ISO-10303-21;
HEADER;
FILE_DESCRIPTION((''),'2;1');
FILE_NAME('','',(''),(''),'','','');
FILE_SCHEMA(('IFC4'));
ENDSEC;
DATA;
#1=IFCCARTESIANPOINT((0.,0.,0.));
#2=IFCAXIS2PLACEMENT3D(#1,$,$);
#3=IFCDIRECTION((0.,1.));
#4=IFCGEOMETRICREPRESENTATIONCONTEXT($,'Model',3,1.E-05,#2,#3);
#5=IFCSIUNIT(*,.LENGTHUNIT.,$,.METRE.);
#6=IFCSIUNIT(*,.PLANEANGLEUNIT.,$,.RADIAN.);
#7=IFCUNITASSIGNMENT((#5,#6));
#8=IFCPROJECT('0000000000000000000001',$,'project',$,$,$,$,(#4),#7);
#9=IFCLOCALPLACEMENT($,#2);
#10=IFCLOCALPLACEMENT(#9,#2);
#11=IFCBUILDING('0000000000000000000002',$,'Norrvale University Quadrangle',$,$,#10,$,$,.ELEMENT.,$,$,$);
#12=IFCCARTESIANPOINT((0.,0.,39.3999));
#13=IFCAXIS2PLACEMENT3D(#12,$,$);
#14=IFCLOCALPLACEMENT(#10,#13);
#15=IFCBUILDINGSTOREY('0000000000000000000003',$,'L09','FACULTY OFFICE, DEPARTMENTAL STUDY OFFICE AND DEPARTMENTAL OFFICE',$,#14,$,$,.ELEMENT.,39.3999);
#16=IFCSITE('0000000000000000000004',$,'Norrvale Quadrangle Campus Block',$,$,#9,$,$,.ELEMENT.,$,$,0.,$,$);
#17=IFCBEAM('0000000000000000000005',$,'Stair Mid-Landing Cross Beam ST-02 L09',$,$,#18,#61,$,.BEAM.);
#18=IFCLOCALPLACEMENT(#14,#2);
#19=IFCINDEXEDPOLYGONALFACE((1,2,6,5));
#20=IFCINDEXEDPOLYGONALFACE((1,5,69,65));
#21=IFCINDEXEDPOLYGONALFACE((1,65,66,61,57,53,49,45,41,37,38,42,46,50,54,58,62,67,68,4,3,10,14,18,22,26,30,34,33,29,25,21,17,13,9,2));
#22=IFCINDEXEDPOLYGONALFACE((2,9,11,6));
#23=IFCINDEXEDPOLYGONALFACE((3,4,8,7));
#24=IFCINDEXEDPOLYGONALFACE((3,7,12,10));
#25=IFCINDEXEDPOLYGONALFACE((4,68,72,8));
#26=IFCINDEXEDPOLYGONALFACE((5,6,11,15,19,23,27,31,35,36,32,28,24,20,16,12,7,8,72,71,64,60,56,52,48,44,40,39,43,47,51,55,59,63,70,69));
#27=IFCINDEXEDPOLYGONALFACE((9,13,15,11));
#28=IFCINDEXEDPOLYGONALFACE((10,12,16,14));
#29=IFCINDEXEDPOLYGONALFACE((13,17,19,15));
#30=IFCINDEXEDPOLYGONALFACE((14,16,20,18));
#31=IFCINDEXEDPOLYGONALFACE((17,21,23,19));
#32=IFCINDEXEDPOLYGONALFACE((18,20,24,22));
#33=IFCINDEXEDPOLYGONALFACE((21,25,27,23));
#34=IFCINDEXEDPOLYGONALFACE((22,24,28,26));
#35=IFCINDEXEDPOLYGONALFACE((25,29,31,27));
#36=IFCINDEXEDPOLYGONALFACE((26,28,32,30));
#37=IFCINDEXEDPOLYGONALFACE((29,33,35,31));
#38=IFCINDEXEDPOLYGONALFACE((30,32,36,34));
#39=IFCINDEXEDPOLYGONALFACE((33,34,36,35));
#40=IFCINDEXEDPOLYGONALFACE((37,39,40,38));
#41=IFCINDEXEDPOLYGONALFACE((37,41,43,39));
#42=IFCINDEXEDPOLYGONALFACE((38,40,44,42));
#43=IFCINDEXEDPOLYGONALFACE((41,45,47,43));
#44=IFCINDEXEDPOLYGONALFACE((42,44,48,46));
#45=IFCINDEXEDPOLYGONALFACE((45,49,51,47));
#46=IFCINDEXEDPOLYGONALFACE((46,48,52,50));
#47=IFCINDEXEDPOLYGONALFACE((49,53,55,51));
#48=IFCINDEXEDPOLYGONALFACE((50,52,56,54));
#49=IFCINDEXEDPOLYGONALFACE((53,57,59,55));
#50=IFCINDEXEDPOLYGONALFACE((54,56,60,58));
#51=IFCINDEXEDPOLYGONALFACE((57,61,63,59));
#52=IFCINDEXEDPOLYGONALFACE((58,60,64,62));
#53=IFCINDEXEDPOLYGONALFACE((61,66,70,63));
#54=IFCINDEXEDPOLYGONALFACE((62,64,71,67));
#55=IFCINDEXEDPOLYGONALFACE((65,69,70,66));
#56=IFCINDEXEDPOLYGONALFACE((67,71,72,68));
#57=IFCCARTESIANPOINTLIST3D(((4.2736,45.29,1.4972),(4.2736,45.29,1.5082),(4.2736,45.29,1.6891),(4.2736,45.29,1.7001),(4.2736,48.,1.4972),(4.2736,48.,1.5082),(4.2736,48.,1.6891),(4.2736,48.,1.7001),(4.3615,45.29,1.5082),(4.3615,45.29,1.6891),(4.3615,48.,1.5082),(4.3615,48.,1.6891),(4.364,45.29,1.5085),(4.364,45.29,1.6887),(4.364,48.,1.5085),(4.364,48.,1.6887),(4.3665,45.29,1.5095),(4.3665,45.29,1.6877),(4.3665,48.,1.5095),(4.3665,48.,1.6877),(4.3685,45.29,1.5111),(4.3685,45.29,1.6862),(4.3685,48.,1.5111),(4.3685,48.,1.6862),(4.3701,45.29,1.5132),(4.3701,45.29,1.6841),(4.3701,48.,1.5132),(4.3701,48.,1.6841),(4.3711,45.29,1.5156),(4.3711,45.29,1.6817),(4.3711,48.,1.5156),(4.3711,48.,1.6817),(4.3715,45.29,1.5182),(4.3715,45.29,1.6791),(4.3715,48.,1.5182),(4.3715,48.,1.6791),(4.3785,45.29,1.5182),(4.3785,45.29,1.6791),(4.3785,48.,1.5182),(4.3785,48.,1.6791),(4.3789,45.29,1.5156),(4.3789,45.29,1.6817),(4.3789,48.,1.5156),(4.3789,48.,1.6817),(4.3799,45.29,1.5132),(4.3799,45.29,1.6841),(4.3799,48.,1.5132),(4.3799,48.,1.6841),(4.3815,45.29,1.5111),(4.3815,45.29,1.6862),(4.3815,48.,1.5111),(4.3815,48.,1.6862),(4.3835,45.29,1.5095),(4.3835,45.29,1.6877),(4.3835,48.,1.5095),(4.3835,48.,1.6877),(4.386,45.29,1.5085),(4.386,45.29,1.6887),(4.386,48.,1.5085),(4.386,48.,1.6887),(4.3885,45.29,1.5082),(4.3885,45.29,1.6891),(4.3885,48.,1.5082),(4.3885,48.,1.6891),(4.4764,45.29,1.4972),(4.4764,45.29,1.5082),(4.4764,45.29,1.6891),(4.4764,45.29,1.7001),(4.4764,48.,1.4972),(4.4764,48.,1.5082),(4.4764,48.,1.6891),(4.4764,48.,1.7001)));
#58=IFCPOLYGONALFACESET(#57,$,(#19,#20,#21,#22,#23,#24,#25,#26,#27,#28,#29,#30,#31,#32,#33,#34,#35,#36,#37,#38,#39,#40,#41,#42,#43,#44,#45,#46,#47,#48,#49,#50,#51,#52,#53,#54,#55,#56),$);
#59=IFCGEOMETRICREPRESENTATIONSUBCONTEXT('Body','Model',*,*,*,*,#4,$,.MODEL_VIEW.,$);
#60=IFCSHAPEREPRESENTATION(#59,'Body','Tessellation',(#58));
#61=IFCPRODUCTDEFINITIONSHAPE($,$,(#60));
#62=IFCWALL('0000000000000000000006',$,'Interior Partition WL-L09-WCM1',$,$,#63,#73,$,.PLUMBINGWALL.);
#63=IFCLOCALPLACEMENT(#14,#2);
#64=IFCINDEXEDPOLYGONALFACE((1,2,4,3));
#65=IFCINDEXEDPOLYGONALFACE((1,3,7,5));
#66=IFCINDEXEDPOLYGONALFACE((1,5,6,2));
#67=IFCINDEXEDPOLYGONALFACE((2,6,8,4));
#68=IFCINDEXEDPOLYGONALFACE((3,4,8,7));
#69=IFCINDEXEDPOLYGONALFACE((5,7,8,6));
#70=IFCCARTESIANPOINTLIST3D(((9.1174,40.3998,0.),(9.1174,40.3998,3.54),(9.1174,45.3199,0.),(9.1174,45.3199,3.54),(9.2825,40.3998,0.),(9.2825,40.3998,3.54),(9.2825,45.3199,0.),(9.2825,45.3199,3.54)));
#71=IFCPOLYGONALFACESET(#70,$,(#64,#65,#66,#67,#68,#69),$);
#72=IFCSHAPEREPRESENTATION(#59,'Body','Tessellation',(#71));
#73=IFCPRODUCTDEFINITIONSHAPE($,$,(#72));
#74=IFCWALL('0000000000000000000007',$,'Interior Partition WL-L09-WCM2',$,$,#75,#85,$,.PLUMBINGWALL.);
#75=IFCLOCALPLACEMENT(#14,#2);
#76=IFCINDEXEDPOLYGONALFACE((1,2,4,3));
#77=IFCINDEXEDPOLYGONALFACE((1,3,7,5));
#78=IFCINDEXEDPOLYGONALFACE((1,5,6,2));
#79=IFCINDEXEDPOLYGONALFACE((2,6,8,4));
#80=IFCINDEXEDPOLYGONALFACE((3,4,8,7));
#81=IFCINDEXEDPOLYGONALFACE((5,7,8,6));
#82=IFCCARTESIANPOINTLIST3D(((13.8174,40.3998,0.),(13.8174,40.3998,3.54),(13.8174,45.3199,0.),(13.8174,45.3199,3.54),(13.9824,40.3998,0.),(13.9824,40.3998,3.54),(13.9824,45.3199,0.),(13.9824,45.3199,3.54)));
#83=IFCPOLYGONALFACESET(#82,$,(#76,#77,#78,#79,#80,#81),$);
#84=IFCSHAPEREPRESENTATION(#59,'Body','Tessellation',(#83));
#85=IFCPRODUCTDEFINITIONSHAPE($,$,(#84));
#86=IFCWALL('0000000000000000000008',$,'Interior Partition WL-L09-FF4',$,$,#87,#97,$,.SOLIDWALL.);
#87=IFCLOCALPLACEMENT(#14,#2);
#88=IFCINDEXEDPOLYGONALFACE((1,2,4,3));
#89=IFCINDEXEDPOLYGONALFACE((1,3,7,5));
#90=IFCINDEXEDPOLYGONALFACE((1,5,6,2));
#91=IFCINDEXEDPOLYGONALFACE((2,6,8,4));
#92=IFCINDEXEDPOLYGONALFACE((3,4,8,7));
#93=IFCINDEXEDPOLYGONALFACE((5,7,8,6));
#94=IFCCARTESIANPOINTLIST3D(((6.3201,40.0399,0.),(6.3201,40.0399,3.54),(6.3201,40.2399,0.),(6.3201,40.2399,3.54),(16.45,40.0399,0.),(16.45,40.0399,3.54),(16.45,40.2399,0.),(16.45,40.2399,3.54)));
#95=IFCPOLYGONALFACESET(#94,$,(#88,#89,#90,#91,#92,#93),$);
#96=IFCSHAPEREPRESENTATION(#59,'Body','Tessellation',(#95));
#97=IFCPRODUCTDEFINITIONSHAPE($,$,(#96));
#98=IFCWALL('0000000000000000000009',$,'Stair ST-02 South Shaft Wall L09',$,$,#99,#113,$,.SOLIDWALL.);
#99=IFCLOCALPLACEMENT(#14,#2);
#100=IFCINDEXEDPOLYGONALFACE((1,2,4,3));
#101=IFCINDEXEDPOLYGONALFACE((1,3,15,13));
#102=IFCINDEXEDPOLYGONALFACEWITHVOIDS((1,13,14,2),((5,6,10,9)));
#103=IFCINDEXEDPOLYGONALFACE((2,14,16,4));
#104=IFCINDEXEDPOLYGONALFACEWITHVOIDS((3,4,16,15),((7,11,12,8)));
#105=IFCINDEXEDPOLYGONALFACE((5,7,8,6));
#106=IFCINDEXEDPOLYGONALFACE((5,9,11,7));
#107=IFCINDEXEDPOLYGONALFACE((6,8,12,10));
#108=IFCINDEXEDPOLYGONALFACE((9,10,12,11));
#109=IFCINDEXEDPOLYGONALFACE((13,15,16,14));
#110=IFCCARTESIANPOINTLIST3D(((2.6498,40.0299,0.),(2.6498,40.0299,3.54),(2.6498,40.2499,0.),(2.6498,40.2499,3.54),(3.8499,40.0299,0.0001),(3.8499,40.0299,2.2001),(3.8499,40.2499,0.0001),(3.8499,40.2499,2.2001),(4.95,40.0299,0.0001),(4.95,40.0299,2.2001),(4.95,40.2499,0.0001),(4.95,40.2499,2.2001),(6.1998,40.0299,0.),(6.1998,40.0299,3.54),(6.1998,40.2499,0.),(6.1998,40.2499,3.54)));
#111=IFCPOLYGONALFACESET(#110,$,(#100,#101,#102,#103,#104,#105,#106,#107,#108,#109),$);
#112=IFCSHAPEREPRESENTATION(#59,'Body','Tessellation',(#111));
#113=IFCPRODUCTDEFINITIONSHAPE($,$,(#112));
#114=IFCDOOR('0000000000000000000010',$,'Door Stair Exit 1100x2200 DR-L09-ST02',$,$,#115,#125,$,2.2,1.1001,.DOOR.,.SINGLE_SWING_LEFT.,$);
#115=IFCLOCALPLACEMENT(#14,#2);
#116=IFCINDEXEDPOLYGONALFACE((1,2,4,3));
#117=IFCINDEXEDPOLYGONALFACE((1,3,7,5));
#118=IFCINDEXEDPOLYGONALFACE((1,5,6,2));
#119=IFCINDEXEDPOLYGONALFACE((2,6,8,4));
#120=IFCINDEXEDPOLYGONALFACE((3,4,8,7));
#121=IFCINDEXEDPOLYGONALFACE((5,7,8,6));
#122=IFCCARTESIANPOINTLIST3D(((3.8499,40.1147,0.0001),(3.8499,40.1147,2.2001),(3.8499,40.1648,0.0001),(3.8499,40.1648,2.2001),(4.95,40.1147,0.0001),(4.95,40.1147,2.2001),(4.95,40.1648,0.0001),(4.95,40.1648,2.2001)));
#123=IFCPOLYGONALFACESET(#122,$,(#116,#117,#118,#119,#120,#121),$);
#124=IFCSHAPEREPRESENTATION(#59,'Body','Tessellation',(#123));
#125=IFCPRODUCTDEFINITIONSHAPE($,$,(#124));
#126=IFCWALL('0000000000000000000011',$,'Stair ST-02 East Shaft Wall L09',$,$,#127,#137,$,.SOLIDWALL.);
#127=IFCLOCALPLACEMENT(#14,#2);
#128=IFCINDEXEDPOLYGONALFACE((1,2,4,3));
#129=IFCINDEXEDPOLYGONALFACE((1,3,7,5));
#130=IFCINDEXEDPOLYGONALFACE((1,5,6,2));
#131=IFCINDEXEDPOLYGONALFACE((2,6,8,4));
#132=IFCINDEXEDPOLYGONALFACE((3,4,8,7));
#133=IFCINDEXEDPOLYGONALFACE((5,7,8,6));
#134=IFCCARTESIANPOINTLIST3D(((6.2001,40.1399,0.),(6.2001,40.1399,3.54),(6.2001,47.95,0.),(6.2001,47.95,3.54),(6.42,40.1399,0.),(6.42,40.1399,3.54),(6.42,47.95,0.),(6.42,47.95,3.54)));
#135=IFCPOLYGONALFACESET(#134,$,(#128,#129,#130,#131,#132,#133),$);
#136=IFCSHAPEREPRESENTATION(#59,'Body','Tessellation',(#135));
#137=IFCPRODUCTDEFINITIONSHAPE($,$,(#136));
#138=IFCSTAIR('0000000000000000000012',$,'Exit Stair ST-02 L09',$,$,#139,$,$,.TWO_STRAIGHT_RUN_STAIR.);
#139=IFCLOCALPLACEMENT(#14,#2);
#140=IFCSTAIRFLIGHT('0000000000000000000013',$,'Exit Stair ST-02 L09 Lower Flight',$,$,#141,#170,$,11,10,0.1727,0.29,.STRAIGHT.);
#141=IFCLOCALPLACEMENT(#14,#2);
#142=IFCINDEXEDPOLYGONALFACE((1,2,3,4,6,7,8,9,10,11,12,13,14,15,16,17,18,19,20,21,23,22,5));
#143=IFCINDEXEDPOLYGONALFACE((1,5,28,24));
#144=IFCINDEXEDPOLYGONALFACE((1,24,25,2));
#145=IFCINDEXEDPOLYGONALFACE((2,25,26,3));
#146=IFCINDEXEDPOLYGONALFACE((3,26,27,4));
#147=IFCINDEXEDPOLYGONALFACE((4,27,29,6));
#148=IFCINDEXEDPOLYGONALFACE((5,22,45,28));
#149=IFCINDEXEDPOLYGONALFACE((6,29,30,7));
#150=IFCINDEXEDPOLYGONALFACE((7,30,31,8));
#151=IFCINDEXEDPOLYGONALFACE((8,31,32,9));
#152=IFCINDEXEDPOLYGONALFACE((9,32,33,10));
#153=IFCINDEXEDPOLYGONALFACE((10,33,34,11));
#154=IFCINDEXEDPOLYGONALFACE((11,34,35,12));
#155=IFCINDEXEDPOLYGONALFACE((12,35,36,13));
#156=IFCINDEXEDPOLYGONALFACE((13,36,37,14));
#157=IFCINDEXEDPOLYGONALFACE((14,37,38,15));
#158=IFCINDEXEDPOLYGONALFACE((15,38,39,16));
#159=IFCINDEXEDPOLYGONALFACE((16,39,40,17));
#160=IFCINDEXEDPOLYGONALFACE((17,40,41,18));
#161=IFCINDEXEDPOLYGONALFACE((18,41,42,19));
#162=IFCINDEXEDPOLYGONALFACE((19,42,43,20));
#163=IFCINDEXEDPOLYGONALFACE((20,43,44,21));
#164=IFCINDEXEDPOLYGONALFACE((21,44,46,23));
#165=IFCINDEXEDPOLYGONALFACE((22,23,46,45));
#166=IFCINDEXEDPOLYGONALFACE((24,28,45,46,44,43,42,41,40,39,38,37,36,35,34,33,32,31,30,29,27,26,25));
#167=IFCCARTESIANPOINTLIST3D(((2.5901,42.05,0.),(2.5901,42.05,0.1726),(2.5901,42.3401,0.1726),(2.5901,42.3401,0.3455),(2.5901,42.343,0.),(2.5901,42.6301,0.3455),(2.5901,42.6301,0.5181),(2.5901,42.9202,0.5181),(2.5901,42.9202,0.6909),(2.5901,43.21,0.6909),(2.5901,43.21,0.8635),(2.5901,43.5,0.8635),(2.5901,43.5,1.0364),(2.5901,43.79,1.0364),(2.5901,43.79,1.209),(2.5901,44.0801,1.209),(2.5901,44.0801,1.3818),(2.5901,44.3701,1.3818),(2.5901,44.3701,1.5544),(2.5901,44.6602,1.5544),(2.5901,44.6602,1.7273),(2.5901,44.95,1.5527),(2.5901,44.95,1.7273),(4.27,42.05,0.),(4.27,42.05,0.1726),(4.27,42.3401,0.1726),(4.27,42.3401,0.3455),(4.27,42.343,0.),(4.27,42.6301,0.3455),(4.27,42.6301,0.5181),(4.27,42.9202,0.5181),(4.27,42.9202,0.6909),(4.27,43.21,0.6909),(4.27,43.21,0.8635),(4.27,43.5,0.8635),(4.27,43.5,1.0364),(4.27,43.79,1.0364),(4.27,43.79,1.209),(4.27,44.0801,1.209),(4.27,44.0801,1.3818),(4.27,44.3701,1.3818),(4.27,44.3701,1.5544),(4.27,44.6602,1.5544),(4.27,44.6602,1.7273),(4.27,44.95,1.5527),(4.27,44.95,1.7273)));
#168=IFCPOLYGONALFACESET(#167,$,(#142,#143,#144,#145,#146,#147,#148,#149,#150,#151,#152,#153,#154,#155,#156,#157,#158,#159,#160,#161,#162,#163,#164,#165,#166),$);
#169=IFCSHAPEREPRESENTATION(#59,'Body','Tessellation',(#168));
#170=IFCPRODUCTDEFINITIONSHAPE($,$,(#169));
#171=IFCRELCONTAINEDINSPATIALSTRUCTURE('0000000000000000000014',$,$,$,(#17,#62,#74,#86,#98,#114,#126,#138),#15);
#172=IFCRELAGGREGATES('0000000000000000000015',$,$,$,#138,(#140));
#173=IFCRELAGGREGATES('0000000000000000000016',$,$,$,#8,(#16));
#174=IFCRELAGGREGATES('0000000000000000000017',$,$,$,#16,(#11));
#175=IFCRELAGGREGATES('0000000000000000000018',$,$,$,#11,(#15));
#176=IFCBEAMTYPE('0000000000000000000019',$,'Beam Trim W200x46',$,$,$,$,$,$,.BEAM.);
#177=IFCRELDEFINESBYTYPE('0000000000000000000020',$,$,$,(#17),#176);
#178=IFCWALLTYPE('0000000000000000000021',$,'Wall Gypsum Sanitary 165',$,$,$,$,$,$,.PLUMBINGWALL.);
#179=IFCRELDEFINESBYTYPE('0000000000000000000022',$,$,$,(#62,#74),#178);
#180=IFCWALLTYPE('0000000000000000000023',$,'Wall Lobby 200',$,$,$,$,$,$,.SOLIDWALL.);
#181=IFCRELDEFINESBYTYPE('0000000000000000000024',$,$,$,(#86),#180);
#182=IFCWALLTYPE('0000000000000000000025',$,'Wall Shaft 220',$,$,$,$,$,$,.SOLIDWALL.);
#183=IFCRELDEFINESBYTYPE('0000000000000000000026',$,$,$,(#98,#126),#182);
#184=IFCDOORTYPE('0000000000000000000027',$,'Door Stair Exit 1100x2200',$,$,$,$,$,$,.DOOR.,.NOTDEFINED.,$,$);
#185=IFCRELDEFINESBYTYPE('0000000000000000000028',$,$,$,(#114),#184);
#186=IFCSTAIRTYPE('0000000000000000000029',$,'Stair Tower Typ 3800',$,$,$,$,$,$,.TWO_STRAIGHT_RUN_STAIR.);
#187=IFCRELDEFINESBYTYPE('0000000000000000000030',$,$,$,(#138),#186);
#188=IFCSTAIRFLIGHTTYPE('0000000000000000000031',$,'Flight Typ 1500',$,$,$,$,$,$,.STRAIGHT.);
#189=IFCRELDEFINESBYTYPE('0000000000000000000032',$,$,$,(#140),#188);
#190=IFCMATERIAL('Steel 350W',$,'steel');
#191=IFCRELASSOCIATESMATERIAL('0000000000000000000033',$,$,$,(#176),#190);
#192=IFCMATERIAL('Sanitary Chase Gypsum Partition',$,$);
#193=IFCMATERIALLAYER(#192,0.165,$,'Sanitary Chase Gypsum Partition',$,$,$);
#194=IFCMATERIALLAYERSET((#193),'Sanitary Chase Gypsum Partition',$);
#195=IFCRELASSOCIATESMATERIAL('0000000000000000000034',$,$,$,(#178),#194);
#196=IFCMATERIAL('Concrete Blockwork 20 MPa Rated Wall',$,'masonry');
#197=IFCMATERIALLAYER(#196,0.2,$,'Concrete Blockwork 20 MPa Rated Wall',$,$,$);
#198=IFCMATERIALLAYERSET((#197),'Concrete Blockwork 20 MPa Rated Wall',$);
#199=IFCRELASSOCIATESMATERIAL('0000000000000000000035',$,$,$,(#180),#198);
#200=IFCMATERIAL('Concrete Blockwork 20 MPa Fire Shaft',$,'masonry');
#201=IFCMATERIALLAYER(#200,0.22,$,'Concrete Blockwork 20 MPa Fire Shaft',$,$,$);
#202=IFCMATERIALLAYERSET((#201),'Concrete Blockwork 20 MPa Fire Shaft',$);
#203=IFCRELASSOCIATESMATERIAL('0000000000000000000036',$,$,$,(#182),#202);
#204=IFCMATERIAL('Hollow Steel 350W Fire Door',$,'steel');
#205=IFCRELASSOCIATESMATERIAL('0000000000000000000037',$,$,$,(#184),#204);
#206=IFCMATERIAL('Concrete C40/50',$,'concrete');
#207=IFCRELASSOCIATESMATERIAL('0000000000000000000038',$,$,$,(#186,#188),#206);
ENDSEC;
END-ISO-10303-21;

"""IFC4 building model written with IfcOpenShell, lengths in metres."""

from ifc_helpers import new_model, si_unit, direction, frame, frame_2d, origin, origin_2d, place, context, subcontext, project, spatial, polyline, rectangle, i_section, outline, extrude, material, layer, layer_set, material_profile, profile_set, type_object, element, fill, aggregate, save


model = new_model("IFC4")

# Units and contexts
model_context = context("Model", 3, precision=1e-05, world=origin(), true_north=direction((0.0, 1.0)))
body_context = subcontext(model_context, "Body", "Model", "MODEL_VIEW")
ifc_project = project(units=[si_unit("LENGTHUNIT", "METRE"), si_unit("PLANEANGLEUNIT", "RADIAN")], contexts=[model_context])

# Site, building, storey
site_placement = place(None, origin())
site = spatial("IfcSite", under=ifc_project, at=site_placement, Name="Norrvale Quadrangle Campus Block", CompositionType="ELEMENT", RefElevation=0.0)
building_placement = place(site_placement, origin())
building = spatial("IfcBuilding", under=site, at=building_placement, Name="Norrvale University Quadrangle", CompositionType="ELEMENT")
storey_placement = place(building_placement, frame((0.0, 0.0, 39.3999)))
storey = spatial("IfcBuildingStorey", under=building, at=storey_placement, Name="L09", Description="FACULTY OFFICE, DEPARTMENTAL STUDY OFFICE AND DEPARTMENTAL OFFICE", CompositionType="ELEMENT", Elevation=39.3999)

# Beam
ifc_material_1 = material(Name="Steel 350W", Category="steel")
ifc_material_profile_1 = material_profile(ifc_material_1, i_section(OverallWidth=0.2029, OverallDepth=0.2029, WebThickness=0.0071, FlangeThickness=0.011, FilletRadius=0.01, at=origin_2d()), Name="Steel 350W")
ifc_profile_set_1 = profile_set([ifc_material_profile_1], Name="Steel 350W")
beam_type_1 = type_object("IfcBeamType", Name="Beam Trim W200x46", PredefinedType="BEAM", material=ifc_profile_set_1)
beam_1_placement = place(storey_placement, frame((4.375, 45.29, 1.5986), z_axis=(0.0, 1.0, 0.0), x_axis=(-1.0, 0.0, 0.0)))
element("IfcBeam", 1, at=beam_1_placement, inside=storey, type_object=beam_type_1, Name="Stair Mid-Landing Cross Beam ST-02 L09", PredefinedType="BEAM", context=body_context, shape_type="SweptSolid", body=[
    extrude(i_section(OverallWidth=0.2029, OverallDepth=0.2029, WebThickness=0.0071, FlangeThickness=0.011, FilletRadius=0.01, at=origin_2d()), origin(), (0.0, 0.0, 1.0), 2.71),
])

# Walls
ifc_material_2 = material(Name="Sanitary Chase Gypsum Partition")
ifc_layer_1 = layer(ifc_material_2, 0.165, Name="Sanitary Chase Gypsum Partition")
ifc_layer_set_1 = layer_set([ifc_layer_1], Name="Sanitary Chase Gypsum Partition")
wall_type_1 = type_object("IfcWallType", Name="Wall Gypsum Sanitary 165", PredefinedType="PLUMBINGWALL", material=ifc_layer_set_1)
for number, where, z_axis, x_axis, name in (
    (2, (9.2, 40.3999, 0.0), (0.0, 0.0, 1.0), (0.0, 1.0, 0.0), "Interior Partition WL-L09-WCM1"),
    (3, (13.8999, 40.3999, 0.0), (0.0, 0.0, 1.0), (0.0, 1.0, 0.0), "Interior Partition WL-L09-WCM2"),
):
    element("IfcWall", number, at=place(storey_placement, frame(where, z_axis=z_axis, x_axis=x_axis)), inside=storey, type_object=wall_type_1, Name=name, PredefinedType="PLUMBINGWALL", context=body_context, shape_type="SweptSolid", body=[
        extrude(rectangle(XDim=4.9202, YDim=0.165, at=frame_2d((2.46, 0.0))), origin(), (0.0, 0.0, 1.0), 3.54),
    ])
ifc_material_3 = material(Name="Concrete Blockwork 20 MPa Rated Wall", Category="masonry")
ifc_layer_2 = layer(ifc_material_3, 0.2, Name="Concrete Blockwork 20 MPa Rated Wall")
ifc_layer_set_2 = layer_set([ifc_layer_2], Name="Concrete Blockwork 20 MPa Rated Wall")
wall_type_2 = type_object("IfcWallType", Name="Wall Lobby 200", PredefinedType="SOLIDWALL", material=ifc_layer_set_2)
wall_1_placement = place(storey_placement, frame((6.3201, 40.1399, 0.0), z_axis=(0.0, 0.0, 1.0), x_axis=(1.0, 0.0, 0.0)))
element("IfcWall", 4, at=wall_1_placement, inside=storey, type_object=wall_type_2, Name="Interior Partition WL-L09-FF4", PredefinedType="SOLIDWALL", context=body_context, shape_type="SweptSolid", body=[
    extrude(rectangle(XDim=10.1299, YDim=0.2, at=frame_2d((5.0649, 0.0))), origin(), (0.0, 0.0, 1.0), 3.54),
])

# Wall, opening, door
ifc_material_4 = material(Name="Concrete Blockwork 20 MPa Fire Shaft", Category="masonry")
ifc_layer_3 = layer(ifc_material_4, 0.22, Name="Concrete Blockwork 20 MPa Fire Shaft")
ifc_layer_set_3 = layer_set([ifc_layer_3], Name="Concrete Blockwork 20 MPa Fire Shaft")
wall_type_3 = type_object("IfcWallType", Name="Wall Shaft 220", PredefinedType="SOLIDWALL", material=ifc_layer_set_3)
wall_2_placement = place(storey_placement, frame((2.6499, 40.1399, 0.0), z_axis=(0.0, 0.0, 1.0), x_axis=(1.0, 0.0, 0.0)))
wall_2 = element("IfcWall", 5, at=wall_2_placement, inside=storey, type_object=wall_type_3, Name="Stair ST-02 South Shaft Wall L09", PredefinedType="SOLIDWALL", context=body_context, shape_type="SweptSolid", body=[
    extrude(rectangle(XDim=3.55, YDim=0.22, at=frame_2d((1.7749, 0.0))), origin(), (0.0, 0.0, 1.0), 3.54),
])
opening_placement = place(wall_2_placement, frame((1.2, 0.0, 0.0)))
opening = element("IfcOpeningElement", 6, at=opening_placement, cuts=wall_2, PredefinedType="OPENING", context=body_context, shape_type="SweptSolid", body=[
    extrude(rectangle(XDim=1.1001, YDim=2.2, at=frame_2d((0.55, 1.1001))), frame((0.0, 0.1221, 0.0), z_axis=(0.0, -1.0, 0.0), x_axis=(1.0, 0.0, 0.0)), (0.0, 0.0, 1.0), 0.2439),
])
ifc_material_5 = material(Name="Hollow Steel 350W Fire Door", Category="steel")
door_type = type_object("IfcDoorType", Name="Door Stair Exit 1100x2200", OperationType="NOTDEFINED", PredefinedType="DOOR", material=ifc_material_5)
door_placement = place(opening_placement, origin())
door = element("IfcDoor", 7, at=door_placement, inside=storey, type_object=door_type, Name="Door Stair Exit 1100x2200 DR-L09-ST02", OperationType="SINGLE_SWING_LEFT", OverallHeight=2.2, OverallWidth=1.1001, PredefinedType="DOOR", context=body_context, shape_type="SweptSolid", body=[
    extrude(rectangle(XDim=1.1001, YDim=2.2, at=frame_2d((0.55, 1.1001))), frame((0.0, 0.0249, 0.0), z_axis=(0.0, -1.0, 0.0), x_axis=(1.0, 0.0, 0.0)), (0.0, 0.0, 1.0), 0.05),
])
fill(opening, door)

# Wall
wall_3_placement = place(storey_placement, frame((6.3101, 40.1399, 0.0), z_axis=(0.0, 0.0, 1.0), x_axis=(0.0, 1.0, 0.0)))
element("IfcWall", 8, at=wall_3_placement, inside=storey, type_object=wall_type_3, Name="Stair ST-02 East Shaft Wall L09", PredefinedType="SOLIDWALL", context=body_context, shape_type="SweptSolid", body=[
    extrude(rectangle(XDim=7.8101, YDim=0.22, at=frame_2d((3.905, 0.0))), origin(), (0.0, 0.0, 1.0), 3.54),
])

# Stair, stair flight
ifc_material_6 = material(Name="Concrete C40/50", Category="concrete")
stair_type = type_object("IfcStairType", Name="Stair Tower Typ 3800", PredefinedType="TWO_STRAIGHT_RUN_STAIR", material=ifc_material_6)
stair_placement = place(storey_placement, origin())
stair = element("IfcStair", 9, at=stair_placement, inside=storey, type_object=stair_type, Name="Exit Stair ST-02 L09", PredefinedType="TWO_STRAIGHT_RUN_STAIR")
stair_flight_type = type_object("IfcStairFlightType", Name="Flight Typ 1500", PredefinedType="STRAIGHT", material=ifc_material_6)
stair_flight_1_placement = place(storey_placement, frame((3.4299, 42.05, 0.0), z_axis=(0.0, 0.0, 1.0), x_axis=(0.0, 1.0, 0.0)))
stair_flight_1 = element("IfcStairFlight", 10, at=stair_flight_1_placement, type_object=stair_flight_type, Name="Exit Stair ST-02 L09 Lower Flight", NumberOfRisers=11, NumberOfTreads=10, PredefinedType="STRAIGHT", RiserHeight=0.1727, TreadLength=0.29, context=body_context, shape_type="SweptSolid", body=[
    extrude(outline(polyline([(0.0, 0.0), (0.0, 0.1726), (0.29, 0.1726), (0.29, 0.3455), (0.5801, 0.3455), (0.5801, 0.5181), (0.8701, 0.5181), (0.8701, 0.6909), (1.1599, 0.6909), (1.1599, 0.8635), (1.45, 0.8635), (1.45, 1.0364), (1.74, 1.0364), (1.74, 1.209), (2.03, 1.209), (2.03, 1.3818), (2.3201, 1.3818), (2.3201, 1.5544), (2.6101, 1.5544), (2.6101, 1.7273), (2.8999, 1.7273), (2.8999, 1.8999), (2.8999, 1.5527), (0.293, 0.0), (0.0, 0.0)])), frame((0.0, 0.8398, 0.0), z_axis=(0.0, -1.0, 0.0), x_axis=(1.0, 0.0, 0.0)), (0.0, 0.0, 1.0), 1.6799),
])
aggregate(stair, [stair_flight_1])

save(model, "model.ifc")
